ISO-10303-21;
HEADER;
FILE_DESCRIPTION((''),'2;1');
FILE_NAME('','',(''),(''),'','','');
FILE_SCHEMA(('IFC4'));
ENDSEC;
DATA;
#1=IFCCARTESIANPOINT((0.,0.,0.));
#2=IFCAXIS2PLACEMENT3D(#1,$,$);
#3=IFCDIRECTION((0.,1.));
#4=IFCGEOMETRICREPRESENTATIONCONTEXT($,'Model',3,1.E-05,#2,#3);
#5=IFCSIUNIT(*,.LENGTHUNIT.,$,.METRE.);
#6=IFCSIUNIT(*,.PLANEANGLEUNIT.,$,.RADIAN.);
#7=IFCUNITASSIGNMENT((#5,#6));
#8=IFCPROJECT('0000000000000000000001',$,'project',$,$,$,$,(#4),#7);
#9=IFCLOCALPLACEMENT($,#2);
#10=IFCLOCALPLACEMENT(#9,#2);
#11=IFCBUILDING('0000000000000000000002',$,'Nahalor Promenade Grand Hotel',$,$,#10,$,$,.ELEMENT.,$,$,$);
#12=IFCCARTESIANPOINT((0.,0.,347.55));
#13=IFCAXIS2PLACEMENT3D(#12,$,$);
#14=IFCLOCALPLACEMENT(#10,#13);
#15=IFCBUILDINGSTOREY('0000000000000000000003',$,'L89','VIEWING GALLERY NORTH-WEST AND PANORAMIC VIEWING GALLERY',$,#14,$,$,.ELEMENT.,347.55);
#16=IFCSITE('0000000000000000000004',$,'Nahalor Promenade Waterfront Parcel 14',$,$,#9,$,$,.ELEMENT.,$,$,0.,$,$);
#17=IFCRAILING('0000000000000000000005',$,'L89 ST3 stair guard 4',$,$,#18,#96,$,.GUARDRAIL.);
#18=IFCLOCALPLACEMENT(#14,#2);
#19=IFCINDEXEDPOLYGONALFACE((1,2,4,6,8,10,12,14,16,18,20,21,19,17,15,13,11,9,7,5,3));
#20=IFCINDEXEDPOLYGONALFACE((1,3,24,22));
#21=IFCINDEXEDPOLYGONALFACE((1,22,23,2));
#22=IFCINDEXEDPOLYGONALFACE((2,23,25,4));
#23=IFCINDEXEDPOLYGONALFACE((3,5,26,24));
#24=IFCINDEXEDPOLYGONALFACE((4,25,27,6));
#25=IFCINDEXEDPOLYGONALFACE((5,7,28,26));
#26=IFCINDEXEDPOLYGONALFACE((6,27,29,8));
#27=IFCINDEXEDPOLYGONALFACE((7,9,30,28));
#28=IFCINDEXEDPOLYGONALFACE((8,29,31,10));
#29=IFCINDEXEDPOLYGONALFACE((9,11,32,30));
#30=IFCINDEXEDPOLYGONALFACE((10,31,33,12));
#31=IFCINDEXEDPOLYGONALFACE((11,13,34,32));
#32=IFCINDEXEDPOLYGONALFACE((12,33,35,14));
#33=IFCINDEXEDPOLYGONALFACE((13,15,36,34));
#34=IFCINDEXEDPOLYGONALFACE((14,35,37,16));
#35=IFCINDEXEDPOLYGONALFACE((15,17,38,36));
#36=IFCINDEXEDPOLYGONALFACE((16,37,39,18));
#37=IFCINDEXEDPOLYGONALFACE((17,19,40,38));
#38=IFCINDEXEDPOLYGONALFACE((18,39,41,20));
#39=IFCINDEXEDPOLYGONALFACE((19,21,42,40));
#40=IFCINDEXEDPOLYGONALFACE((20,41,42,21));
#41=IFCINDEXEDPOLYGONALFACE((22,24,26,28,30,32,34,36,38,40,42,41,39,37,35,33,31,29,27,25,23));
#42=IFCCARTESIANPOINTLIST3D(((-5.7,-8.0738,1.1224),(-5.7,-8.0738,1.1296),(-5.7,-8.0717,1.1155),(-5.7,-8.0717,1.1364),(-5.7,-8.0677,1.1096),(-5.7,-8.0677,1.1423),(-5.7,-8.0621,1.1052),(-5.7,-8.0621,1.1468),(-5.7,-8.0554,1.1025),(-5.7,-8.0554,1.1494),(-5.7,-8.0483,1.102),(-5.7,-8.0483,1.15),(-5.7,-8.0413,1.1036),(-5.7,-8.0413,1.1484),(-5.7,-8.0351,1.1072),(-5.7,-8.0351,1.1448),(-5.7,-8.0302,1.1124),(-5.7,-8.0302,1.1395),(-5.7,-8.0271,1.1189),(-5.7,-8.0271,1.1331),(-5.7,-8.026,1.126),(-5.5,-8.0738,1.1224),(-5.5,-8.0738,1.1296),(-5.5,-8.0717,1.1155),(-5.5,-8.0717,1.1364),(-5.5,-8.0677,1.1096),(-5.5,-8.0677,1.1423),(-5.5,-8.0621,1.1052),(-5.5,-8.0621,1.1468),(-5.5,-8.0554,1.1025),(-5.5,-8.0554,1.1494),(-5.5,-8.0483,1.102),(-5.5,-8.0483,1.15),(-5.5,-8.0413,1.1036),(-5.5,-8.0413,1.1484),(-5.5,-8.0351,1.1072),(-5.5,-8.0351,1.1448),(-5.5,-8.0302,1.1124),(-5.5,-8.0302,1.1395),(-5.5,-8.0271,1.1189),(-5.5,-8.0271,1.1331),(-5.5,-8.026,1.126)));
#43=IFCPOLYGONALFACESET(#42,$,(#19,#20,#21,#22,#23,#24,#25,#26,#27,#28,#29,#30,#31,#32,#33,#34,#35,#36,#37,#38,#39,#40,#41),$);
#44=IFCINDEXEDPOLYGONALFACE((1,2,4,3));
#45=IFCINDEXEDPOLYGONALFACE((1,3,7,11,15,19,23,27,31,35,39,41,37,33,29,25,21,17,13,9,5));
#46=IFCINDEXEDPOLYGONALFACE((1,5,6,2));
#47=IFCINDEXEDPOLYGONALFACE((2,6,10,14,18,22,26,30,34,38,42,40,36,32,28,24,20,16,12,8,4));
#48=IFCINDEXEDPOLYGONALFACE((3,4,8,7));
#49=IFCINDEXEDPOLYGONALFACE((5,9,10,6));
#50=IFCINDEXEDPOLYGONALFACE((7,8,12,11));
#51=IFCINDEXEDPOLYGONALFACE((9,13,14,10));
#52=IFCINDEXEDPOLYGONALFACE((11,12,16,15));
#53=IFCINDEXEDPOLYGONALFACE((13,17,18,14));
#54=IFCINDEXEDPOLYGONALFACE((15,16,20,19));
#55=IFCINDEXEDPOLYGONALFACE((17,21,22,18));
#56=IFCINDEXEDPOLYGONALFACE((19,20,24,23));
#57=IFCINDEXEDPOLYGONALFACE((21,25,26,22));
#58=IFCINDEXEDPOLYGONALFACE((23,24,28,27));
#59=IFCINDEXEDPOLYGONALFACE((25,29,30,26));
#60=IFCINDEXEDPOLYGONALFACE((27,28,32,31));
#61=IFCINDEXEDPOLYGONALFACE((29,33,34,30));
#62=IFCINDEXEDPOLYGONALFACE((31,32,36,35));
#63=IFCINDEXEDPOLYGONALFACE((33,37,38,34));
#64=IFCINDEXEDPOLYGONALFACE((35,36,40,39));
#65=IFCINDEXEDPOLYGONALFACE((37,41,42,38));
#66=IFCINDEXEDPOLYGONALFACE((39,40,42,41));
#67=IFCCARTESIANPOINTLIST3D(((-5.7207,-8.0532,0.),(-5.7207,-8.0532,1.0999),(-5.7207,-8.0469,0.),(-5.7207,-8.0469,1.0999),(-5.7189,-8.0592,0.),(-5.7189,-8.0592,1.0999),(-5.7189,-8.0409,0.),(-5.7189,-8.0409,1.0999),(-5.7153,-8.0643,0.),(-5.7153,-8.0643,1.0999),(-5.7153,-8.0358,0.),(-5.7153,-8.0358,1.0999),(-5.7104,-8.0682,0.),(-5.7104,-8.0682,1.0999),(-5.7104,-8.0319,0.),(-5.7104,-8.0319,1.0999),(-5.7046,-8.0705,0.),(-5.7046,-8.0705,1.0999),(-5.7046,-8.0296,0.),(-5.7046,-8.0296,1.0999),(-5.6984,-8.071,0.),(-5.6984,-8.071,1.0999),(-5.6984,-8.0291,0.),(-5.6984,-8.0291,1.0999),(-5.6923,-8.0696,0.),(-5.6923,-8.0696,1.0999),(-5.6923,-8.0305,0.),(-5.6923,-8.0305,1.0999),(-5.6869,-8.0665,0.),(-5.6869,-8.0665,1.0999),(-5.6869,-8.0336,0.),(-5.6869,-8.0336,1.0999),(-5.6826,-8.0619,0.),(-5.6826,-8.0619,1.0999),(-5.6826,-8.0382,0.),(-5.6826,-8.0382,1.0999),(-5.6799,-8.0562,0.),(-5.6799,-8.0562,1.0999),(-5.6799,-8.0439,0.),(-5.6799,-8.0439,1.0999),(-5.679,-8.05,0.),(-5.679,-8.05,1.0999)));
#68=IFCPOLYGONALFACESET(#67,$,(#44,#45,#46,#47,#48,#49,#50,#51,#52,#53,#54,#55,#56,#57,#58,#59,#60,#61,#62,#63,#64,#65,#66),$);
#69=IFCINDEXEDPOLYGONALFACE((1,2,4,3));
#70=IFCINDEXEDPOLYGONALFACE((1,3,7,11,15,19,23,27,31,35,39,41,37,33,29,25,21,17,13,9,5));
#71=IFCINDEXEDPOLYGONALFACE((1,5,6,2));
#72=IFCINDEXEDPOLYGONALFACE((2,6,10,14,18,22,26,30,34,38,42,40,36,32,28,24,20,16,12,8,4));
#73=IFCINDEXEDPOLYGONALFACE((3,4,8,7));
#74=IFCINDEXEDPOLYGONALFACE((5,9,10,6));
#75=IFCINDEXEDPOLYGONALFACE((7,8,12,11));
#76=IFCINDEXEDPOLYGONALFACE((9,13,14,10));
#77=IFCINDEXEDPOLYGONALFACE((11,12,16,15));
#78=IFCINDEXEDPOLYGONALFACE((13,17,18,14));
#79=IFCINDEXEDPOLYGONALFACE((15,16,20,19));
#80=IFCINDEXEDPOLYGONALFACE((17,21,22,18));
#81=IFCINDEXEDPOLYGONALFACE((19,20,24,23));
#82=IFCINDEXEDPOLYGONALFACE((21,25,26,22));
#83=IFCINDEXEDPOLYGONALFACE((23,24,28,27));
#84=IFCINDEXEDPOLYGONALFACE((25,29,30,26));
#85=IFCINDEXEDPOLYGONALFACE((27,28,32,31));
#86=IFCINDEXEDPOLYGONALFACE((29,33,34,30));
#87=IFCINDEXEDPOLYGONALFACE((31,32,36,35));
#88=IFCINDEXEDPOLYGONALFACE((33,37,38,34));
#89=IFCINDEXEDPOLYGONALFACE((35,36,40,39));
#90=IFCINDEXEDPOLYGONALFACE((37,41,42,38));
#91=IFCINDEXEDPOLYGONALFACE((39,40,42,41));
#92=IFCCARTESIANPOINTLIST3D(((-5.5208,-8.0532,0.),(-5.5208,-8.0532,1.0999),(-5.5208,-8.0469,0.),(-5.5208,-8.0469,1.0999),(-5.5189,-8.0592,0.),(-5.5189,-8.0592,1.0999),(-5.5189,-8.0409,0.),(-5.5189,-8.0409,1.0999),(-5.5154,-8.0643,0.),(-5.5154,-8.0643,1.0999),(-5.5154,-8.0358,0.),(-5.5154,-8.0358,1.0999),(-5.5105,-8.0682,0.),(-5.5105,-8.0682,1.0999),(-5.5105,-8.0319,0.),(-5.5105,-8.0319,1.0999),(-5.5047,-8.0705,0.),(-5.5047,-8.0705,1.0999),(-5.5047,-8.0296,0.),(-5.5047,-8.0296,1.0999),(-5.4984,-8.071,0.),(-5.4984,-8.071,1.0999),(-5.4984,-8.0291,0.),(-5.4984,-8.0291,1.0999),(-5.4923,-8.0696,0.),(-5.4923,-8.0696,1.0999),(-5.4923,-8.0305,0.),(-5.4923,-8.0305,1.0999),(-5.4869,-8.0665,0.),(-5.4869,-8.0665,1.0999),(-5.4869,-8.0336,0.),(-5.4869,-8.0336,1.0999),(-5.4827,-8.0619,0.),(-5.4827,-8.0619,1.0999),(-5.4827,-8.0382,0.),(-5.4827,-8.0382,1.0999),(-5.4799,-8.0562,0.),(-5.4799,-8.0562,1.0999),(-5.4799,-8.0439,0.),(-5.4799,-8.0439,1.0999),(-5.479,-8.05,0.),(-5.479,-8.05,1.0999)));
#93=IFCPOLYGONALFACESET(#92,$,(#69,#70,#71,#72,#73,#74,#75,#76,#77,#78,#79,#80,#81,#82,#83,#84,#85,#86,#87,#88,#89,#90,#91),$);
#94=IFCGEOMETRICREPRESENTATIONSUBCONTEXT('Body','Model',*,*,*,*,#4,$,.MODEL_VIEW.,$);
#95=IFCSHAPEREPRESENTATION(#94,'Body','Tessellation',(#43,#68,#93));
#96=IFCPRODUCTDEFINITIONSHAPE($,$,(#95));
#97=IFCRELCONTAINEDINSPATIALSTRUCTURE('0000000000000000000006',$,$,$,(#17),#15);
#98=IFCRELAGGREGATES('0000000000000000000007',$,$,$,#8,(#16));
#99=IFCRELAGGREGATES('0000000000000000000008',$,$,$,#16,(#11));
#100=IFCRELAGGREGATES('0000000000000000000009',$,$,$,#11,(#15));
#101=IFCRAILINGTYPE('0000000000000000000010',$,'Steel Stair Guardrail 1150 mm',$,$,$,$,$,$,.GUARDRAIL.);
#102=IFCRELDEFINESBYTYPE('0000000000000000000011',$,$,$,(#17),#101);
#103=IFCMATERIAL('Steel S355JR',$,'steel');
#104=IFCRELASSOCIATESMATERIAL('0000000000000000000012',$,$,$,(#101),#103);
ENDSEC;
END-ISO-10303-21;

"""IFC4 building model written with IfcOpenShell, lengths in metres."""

from ifc_helpers import new_model, si_unit, direction, frame, origin, origin_2d, place, context, subcontext, project, spatial, circle, extrude, material, type_object, element, save


model = new_model("IFC4")

# Units and contexts
model_context = context("Model", 3, precision=1e-05, world=origin(), true_north=direction((0.0, 1.0)))
body_context = subcontext(model_context, "Body", "Model", "MODEL_VIEW")
ifc_project = project(units=[si_unit("LENGTHUNIT", "METRE"), si_unit("PLANEANGLEUNIT", "RADIAN")], contexts=[model_context])

# Site, building, storey
site_placement = place(None, origin())
site = spatial("IfcSite", under=ifc_project, at=site_placement, Name="Nahalor Promenade Waterfront Parcel 14", CompositionType="ELEMENT", RefElevation=0.0)
building_placement = place(site_placement, origin())
building = spatial("IfcBuilding", under=site, at=building_placement, Name="Nahalor Promenade Grand Hotel", CompositionType="ELEMENT")
storey_placement = place(building_placement, frame((0.0, 0.0, 347.55)))
storey = spatial("IfcBuildingStorey", under=building, at=storey_placement, Name="L89", Description="VIEWING GALLERY NORTH-WEST AND PANORAMIC VIEWING GALLERY", CompositionType="ELEMENT", Elevation=347.55)

# Shared definitions
ifc_material_1 = material(Name="Steel S355JR", Category="steel")

# Railing
railing_type_1 = type_object("IfcRailingType", Name="Steel Stair Guardrail 1150 mm", PredefinedType="GUARDRAIL", material=ifc_material_1)
railing_1_placement = place(storey_placement, frame((-5.7, -8.05, 0.0)))
element("IfcRailing", 1, at=railing_1_placement, inside=storey, type_object=railing_type_1, Name="L89 ST3 stair guard 4", PredefinedType="GUARDRAIL", context=body_context, shape_type="SweptSolid", body=[
    extrude(circle(Radius=0.024, at=origin_2d()), frame((0.0, 0.0, 1.126), z_axis=(1.0, 0.0, 0.0), x_axis=(0.0, 1.0, 0.0)), (0.0, 0.0, 1.0), 0.2),
    extrude(circle(Radius=0.021, at=origin_2d()), origin(), (0.0, 0.0, 1.0), 1.0999),
    extrude(circle(Radius=0.021, at=origin_2d()), frame((0.2, 0.0, 0.0)), (0.0, 0.0, 1.0), 1.0999),
])

save(model, "model.ifc")
